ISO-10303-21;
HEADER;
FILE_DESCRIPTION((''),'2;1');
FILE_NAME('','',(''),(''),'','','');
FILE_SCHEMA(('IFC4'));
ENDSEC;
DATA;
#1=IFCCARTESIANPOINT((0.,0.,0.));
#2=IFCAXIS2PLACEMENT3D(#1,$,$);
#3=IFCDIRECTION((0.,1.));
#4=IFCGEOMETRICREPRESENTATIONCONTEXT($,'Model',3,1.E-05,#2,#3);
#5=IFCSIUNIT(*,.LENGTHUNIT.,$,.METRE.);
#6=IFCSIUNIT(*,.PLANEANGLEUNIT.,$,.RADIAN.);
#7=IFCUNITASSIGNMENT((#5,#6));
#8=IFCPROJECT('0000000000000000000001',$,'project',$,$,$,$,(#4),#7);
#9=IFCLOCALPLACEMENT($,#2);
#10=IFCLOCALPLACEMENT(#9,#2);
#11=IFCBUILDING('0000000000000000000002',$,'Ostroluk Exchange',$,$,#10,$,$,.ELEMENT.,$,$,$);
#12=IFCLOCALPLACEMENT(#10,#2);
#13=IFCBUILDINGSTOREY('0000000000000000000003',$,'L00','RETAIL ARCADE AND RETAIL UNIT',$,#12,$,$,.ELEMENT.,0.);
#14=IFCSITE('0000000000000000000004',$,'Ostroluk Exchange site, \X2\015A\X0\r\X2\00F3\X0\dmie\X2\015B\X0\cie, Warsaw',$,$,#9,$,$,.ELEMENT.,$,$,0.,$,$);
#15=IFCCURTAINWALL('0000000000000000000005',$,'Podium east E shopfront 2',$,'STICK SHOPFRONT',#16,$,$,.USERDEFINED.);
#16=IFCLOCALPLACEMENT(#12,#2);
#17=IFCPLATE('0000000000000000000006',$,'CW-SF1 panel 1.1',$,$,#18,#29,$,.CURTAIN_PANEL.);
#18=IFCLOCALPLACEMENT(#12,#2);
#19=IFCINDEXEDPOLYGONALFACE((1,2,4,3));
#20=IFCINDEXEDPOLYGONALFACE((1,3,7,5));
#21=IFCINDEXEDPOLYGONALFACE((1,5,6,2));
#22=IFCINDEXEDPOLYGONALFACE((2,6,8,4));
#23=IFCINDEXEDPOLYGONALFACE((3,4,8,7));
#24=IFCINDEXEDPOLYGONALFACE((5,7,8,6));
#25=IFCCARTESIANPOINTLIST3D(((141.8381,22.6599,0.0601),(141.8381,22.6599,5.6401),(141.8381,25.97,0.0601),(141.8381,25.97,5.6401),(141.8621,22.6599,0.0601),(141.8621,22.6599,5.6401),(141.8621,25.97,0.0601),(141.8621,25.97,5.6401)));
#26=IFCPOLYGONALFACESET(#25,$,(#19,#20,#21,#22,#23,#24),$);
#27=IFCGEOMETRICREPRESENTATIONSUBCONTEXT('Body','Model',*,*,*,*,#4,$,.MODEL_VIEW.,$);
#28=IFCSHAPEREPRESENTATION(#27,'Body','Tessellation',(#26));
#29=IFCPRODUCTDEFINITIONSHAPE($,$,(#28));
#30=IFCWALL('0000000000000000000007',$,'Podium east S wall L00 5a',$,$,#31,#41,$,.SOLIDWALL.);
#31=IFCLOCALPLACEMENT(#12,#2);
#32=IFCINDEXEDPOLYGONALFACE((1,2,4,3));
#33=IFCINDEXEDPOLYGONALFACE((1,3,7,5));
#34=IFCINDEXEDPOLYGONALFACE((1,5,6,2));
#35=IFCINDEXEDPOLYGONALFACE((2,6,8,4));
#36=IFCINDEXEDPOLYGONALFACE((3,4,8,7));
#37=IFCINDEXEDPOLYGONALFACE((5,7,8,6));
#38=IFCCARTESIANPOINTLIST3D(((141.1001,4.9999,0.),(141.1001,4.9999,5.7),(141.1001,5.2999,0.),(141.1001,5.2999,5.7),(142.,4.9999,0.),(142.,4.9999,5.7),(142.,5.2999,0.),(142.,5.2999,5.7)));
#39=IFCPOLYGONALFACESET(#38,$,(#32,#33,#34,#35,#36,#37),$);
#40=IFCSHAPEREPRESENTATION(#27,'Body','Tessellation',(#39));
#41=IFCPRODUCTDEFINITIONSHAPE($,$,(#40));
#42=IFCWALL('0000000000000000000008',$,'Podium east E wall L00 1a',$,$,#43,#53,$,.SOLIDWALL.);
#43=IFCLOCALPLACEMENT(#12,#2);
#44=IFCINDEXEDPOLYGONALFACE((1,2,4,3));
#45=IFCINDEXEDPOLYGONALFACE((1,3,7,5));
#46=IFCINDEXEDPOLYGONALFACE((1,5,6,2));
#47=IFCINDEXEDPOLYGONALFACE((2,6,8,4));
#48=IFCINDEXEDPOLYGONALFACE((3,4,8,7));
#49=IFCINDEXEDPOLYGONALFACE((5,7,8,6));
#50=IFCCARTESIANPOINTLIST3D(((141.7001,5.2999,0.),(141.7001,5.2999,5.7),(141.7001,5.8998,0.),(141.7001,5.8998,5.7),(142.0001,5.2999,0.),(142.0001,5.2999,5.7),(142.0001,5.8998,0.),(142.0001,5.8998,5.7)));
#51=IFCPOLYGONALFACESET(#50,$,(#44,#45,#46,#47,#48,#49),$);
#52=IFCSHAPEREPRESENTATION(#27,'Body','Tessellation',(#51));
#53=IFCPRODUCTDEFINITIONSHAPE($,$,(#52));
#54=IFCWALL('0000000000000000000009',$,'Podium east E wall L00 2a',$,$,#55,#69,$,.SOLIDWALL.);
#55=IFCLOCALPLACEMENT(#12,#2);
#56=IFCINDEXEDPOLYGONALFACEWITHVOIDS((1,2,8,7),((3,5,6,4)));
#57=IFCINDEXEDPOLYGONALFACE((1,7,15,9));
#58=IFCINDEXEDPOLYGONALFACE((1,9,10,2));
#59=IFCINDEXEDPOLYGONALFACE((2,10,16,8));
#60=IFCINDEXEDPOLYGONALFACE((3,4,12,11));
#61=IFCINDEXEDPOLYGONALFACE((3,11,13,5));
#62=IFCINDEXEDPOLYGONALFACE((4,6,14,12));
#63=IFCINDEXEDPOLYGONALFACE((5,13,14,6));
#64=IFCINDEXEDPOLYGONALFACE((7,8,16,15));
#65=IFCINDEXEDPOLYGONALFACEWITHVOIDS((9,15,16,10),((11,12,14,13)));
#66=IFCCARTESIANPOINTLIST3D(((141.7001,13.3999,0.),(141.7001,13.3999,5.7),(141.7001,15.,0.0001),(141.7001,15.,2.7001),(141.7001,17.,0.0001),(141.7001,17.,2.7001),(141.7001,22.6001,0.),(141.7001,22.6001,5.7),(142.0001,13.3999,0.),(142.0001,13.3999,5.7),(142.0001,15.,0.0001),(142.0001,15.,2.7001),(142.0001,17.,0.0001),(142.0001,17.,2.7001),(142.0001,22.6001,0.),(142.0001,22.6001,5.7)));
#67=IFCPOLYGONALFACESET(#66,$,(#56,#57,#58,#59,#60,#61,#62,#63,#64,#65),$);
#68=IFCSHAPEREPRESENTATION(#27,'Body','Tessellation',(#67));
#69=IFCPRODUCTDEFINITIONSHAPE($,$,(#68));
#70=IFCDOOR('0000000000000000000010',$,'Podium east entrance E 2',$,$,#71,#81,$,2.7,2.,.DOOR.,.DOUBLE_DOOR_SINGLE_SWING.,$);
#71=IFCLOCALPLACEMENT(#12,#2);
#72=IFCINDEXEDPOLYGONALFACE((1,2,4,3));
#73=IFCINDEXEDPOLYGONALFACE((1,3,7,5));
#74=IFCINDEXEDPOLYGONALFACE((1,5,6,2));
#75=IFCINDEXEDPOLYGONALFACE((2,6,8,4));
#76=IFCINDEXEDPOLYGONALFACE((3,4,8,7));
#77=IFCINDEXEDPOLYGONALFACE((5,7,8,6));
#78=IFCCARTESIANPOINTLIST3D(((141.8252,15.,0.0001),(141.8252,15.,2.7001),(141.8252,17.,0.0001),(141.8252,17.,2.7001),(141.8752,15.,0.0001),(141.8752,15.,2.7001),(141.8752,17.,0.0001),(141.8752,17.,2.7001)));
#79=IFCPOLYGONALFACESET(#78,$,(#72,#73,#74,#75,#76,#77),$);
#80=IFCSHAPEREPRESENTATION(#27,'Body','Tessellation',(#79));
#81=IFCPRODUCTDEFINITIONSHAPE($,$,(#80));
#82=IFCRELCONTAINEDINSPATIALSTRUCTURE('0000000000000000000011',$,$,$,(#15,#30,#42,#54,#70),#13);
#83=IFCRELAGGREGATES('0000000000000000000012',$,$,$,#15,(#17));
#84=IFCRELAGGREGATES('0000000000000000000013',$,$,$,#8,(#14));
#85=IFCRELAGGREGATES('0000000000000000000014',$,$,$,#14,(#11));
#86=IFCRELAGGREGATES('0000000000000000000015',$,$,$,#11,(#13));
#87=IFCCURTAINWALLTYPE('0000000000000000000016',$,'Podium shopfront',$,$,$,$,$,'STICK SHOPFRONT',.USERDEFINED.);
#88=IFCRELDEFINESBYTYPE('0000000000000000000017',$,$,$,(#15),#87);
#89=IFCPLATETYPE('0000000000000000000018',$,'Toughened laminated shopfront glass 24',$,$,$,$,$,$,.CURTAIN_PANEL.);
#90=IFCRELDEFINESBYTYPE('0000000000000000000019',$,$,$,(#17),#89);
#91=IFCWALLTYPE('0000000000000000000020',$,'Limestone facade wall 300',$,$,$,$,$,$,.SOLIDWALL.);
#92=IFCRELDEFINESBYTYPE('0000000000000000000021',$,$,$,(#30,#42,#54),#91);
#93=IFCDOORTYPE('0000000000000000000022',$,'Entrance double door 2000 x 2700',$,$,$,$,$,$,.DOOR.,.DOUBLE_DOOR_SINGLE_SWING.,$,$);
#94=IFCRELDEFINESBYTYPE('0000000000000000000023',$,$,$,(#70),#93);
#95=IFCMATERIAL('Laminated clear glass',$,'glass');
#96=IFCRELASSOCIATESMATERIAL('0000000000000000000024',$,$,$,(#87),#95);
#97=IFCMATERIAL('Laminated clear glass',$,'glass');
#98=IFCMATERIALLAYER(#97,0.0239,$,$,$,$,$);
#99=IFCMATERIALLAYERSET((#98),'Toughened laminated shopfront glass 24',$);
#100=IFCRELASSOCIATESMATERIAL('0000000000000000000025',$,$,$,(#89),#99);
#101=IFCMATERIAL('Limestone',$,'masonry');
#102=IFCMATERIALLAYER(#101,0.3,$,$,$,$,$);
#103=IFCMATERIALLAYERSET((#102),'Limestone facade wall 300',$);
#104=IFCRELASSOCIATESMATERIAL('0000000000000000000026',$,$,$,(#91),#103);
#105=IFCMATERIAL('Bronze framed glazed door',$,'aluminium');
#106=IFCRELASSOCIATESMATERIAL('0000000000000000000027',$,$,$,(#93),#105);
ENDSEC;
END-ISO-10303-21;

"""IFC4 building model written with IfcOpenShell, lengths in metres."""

from ifc_helpers import new_model, si_unit, direction, frame, frame_2d, origin, origin_2d, place, context, subcontext, project, spatial, rectangle, extrude, material, layer, layer_set, type_object, element, fill, aggregate, save


model = new_model("IFC4")

# Units and contexts
model_context = context("Model", 3, precision=1e-05, world=origin(), true_north=direction((0.0, 1.0)))
body_context = subcontext(model_context, "Body", "Model", "MODEL_VIEW")
ifc_project = project(units=[si_unit("LENGTHUNIT", "METRE"), si_unit("PLANEANGLEUNIT", "RADIAN")], contexts=[model_context])

# Site, building, storey
site_placement = place(None, origin())
site = spatial("IfcSite", under=ifc_project, at=site_placement, Name="Ostroluk Exchange site, Śródmieście, Warsaw", CompositionType="ELEMENT", RefElevation=0.0)
building_placement = place(site_placement, origin())
building = spatial("IfcBuilding", under=site, at=building_placement, Name="Ostroluk Exchange", CompositionType="ELEMENT")
storey_placement = place(building_placement, origin())
storey = spatial("IfcBuildingStorey", under=building, at=storey_placement, Name="L00", Description="RETAIL ARCADE AND RETAIL UNIT", CompositionType="ELEMENT", Elevation=0.0)

# Curtain wall
ifc_material_1 = material(Name="Laminated clear glass", Category="glass")
curtain_wall_type = type_object("IfcCurtainWallType", Name="Podium shopfront", ElementType="STICK SHOPFRONT", PredefinedType="USERDEFINED", material=ifc_material_1)
curtain_wall_1_placement = place(storey_placement, origin())
curtain_wall_1 = element("IfcCurtainWall", 1, at=curtain_wall_1_placement, inside=storey, type_object=curtain_wall_type, Name="Podium east E shopfront 2", ObjectType="STICK SHOPFRONT", PredefinedType="USERDEFINED")

# Plate
ifc_material_2 = material(Name="Laminated clear glass", Category="glass")
ifc_layer_1 = layer(ifc_material_2, 0.0239)
ifc_layer_set_1 = layer_set([ifc_layer_1], Name="Toughened laminated shopfront glass 24")
plate_type = type_object("IfcPlateType", Name="Toughened laminated shopfront glass 24", PredefinedType="CURTAIN_PANEL", material=ifc_layer_set_1)
plate_1_placement = place(storey_placement, frame((141.8501, 24.3149, 0.0601), z_axis=(0.0, 0.0, 1.0), x_axis=(0.0, 1.0, 0.0)))
plate_1 = element("IfcPlate", 2, at=plate_1_placement, type_object=plate_type, Name="CW-SF1 panel 1.1", PredefinedType="CURTAIN_PANEL", context=body_context, shape_type="SweptSolid", body=[
    extrude(rectangle(XDim=3.3101, YDim=0.0239, at=origin_2d()), origin(), (0.0, 0.0, 1.0), 5.5801),
])
aggregate(curtain_wall_1, [plate_1])

# Walls
ifc_material_3 = material(Name="Limestone", Category="masonry")
ifc_layer_2 = layer(ifc_material_3, 0.3)
ifc_layer_set_2 = layer_set([ifc_layer_2], Name="Limestone facade wall 300")
wall_type = type_object("IfcWallType", Name="Limestone facade wall 300", PredefinedType="SOLIDWALL", material=ifc_layer_set_2)
wall_1_placement = place(storey_placement, frame((141.1001, 5.1499, 0.0), z_axis=(0.0, 0.0, 1.0), x_axis=(1.0, 0.0, 0.0)))
element("IfcWall", 3, at=wall_1_placement, inside=storey, type_object=wall_type, Name="Podium east S wall L00 5a", PredefinedType="SOLIDWALL", context=body_context, shape_type="SweptSolid", body=[
    extrude(rectangle(XDim=0.8999, YDim=0.3, at=frame_2d((0.45, 0.0))), origin(), (0.0, 0.0, 1.0), 5.7),
])
wall_2_placement = place(storey_placement, frame((141.8501, 5.3, 0.0), z_axis=(0.0, 0.0, 1.0), x_axis=(0.0, 1.0, 0.0)))
element("IfcWall", 4, at=wall_2_placement, inside=storey, type_object=wall_type, Name="Podium east E wall L00 1a", PredefinedType="SOLIDWALL", context=body_context, shape_type="SweptSolid", body=[
    extrude(rectangle(XDim=0.5999, YDim=0.3, at=frame_2d((0.2998, 0.0))), origin(), (0.0, 0.0, 1.0), 5.7),
])

# Wall, opening, door
wall_3_placement = place(storey_placement, frame((141.8501, 13.3999, 0.0), z_axis=(0.0, 0.0, 1.0), x_axis=(0.0, 1.0, 0.0)))
wall_3 = element("IfcWall", 5, at=wall_3_placement, inside=storey, type_object=wall_type, Name="Podium east E wall L00 2a", PredefinedType="SOLIDWALL", context=body_context, shape_type="SweptSolid", body=[
    extrude(rectangle(XDim=9.2002, YDim=0.3, at=frame_2d((4.6001, 0.0))), origin(), (0.0, 0.0, 1.0), 5.7),
])
opening_placement = place(wall_3_placement, frame((1.6001, 0.0, 0.0)))
opening = element("IfcOpeningElement", 6, at=opening_placement, cuts=wall_3, PredefinedType="OPENING", context=body_context, shape_type="SweptSolid", body=[
    extrude(rectangle(XDim=2.0, YDim=2.7, at=frame_2d((1.0, 1.3501))), frame((0.0, 0.1599, 0.0), z_axis=(0.0, -1.0, 0.0), x_axis=(1.0, 0.0, 0.0)), (0.0, 0.0, 1.0), 0.3201),
])
ifc_material_4 = material(Name="Bronze framed glazed door", Category="aluminium")
door_type = type_object("IfcDoorType", Name="Entrance double door 2000 x 2700", OperationType="DOUBLE_DOOR_SINGLE_SWING", PredefinedType="DOOR", material=ifc_material_4)
door_placement = place(opening_placement, origin())
door = element("IfcDoor", 7, at=door_placement, inside=storey, type_object=door_type, Name="Podium east entrance E 2", OperationType="DOUBLE_DOOR_SINGLE_SWING", OverallHeight=2.7, OverallWidth=2.0, PredefinedType="DOOR", context=body_context, shape_type="SweptSolid", body=[
    extrude(rectangle(XDim=2.0, YDim=2.7, at=frame_2d((1.0, 1.3501))), frame((0.0, 0.0249, 0.0), z_axis=(0.0, -1.0, 0.0), x_axis=(1.0, 0.0, 0.0)), (0.0, 0.0, 1.0), 0.05),
])
fill(opening, door)

save(model, "model.ifc")
